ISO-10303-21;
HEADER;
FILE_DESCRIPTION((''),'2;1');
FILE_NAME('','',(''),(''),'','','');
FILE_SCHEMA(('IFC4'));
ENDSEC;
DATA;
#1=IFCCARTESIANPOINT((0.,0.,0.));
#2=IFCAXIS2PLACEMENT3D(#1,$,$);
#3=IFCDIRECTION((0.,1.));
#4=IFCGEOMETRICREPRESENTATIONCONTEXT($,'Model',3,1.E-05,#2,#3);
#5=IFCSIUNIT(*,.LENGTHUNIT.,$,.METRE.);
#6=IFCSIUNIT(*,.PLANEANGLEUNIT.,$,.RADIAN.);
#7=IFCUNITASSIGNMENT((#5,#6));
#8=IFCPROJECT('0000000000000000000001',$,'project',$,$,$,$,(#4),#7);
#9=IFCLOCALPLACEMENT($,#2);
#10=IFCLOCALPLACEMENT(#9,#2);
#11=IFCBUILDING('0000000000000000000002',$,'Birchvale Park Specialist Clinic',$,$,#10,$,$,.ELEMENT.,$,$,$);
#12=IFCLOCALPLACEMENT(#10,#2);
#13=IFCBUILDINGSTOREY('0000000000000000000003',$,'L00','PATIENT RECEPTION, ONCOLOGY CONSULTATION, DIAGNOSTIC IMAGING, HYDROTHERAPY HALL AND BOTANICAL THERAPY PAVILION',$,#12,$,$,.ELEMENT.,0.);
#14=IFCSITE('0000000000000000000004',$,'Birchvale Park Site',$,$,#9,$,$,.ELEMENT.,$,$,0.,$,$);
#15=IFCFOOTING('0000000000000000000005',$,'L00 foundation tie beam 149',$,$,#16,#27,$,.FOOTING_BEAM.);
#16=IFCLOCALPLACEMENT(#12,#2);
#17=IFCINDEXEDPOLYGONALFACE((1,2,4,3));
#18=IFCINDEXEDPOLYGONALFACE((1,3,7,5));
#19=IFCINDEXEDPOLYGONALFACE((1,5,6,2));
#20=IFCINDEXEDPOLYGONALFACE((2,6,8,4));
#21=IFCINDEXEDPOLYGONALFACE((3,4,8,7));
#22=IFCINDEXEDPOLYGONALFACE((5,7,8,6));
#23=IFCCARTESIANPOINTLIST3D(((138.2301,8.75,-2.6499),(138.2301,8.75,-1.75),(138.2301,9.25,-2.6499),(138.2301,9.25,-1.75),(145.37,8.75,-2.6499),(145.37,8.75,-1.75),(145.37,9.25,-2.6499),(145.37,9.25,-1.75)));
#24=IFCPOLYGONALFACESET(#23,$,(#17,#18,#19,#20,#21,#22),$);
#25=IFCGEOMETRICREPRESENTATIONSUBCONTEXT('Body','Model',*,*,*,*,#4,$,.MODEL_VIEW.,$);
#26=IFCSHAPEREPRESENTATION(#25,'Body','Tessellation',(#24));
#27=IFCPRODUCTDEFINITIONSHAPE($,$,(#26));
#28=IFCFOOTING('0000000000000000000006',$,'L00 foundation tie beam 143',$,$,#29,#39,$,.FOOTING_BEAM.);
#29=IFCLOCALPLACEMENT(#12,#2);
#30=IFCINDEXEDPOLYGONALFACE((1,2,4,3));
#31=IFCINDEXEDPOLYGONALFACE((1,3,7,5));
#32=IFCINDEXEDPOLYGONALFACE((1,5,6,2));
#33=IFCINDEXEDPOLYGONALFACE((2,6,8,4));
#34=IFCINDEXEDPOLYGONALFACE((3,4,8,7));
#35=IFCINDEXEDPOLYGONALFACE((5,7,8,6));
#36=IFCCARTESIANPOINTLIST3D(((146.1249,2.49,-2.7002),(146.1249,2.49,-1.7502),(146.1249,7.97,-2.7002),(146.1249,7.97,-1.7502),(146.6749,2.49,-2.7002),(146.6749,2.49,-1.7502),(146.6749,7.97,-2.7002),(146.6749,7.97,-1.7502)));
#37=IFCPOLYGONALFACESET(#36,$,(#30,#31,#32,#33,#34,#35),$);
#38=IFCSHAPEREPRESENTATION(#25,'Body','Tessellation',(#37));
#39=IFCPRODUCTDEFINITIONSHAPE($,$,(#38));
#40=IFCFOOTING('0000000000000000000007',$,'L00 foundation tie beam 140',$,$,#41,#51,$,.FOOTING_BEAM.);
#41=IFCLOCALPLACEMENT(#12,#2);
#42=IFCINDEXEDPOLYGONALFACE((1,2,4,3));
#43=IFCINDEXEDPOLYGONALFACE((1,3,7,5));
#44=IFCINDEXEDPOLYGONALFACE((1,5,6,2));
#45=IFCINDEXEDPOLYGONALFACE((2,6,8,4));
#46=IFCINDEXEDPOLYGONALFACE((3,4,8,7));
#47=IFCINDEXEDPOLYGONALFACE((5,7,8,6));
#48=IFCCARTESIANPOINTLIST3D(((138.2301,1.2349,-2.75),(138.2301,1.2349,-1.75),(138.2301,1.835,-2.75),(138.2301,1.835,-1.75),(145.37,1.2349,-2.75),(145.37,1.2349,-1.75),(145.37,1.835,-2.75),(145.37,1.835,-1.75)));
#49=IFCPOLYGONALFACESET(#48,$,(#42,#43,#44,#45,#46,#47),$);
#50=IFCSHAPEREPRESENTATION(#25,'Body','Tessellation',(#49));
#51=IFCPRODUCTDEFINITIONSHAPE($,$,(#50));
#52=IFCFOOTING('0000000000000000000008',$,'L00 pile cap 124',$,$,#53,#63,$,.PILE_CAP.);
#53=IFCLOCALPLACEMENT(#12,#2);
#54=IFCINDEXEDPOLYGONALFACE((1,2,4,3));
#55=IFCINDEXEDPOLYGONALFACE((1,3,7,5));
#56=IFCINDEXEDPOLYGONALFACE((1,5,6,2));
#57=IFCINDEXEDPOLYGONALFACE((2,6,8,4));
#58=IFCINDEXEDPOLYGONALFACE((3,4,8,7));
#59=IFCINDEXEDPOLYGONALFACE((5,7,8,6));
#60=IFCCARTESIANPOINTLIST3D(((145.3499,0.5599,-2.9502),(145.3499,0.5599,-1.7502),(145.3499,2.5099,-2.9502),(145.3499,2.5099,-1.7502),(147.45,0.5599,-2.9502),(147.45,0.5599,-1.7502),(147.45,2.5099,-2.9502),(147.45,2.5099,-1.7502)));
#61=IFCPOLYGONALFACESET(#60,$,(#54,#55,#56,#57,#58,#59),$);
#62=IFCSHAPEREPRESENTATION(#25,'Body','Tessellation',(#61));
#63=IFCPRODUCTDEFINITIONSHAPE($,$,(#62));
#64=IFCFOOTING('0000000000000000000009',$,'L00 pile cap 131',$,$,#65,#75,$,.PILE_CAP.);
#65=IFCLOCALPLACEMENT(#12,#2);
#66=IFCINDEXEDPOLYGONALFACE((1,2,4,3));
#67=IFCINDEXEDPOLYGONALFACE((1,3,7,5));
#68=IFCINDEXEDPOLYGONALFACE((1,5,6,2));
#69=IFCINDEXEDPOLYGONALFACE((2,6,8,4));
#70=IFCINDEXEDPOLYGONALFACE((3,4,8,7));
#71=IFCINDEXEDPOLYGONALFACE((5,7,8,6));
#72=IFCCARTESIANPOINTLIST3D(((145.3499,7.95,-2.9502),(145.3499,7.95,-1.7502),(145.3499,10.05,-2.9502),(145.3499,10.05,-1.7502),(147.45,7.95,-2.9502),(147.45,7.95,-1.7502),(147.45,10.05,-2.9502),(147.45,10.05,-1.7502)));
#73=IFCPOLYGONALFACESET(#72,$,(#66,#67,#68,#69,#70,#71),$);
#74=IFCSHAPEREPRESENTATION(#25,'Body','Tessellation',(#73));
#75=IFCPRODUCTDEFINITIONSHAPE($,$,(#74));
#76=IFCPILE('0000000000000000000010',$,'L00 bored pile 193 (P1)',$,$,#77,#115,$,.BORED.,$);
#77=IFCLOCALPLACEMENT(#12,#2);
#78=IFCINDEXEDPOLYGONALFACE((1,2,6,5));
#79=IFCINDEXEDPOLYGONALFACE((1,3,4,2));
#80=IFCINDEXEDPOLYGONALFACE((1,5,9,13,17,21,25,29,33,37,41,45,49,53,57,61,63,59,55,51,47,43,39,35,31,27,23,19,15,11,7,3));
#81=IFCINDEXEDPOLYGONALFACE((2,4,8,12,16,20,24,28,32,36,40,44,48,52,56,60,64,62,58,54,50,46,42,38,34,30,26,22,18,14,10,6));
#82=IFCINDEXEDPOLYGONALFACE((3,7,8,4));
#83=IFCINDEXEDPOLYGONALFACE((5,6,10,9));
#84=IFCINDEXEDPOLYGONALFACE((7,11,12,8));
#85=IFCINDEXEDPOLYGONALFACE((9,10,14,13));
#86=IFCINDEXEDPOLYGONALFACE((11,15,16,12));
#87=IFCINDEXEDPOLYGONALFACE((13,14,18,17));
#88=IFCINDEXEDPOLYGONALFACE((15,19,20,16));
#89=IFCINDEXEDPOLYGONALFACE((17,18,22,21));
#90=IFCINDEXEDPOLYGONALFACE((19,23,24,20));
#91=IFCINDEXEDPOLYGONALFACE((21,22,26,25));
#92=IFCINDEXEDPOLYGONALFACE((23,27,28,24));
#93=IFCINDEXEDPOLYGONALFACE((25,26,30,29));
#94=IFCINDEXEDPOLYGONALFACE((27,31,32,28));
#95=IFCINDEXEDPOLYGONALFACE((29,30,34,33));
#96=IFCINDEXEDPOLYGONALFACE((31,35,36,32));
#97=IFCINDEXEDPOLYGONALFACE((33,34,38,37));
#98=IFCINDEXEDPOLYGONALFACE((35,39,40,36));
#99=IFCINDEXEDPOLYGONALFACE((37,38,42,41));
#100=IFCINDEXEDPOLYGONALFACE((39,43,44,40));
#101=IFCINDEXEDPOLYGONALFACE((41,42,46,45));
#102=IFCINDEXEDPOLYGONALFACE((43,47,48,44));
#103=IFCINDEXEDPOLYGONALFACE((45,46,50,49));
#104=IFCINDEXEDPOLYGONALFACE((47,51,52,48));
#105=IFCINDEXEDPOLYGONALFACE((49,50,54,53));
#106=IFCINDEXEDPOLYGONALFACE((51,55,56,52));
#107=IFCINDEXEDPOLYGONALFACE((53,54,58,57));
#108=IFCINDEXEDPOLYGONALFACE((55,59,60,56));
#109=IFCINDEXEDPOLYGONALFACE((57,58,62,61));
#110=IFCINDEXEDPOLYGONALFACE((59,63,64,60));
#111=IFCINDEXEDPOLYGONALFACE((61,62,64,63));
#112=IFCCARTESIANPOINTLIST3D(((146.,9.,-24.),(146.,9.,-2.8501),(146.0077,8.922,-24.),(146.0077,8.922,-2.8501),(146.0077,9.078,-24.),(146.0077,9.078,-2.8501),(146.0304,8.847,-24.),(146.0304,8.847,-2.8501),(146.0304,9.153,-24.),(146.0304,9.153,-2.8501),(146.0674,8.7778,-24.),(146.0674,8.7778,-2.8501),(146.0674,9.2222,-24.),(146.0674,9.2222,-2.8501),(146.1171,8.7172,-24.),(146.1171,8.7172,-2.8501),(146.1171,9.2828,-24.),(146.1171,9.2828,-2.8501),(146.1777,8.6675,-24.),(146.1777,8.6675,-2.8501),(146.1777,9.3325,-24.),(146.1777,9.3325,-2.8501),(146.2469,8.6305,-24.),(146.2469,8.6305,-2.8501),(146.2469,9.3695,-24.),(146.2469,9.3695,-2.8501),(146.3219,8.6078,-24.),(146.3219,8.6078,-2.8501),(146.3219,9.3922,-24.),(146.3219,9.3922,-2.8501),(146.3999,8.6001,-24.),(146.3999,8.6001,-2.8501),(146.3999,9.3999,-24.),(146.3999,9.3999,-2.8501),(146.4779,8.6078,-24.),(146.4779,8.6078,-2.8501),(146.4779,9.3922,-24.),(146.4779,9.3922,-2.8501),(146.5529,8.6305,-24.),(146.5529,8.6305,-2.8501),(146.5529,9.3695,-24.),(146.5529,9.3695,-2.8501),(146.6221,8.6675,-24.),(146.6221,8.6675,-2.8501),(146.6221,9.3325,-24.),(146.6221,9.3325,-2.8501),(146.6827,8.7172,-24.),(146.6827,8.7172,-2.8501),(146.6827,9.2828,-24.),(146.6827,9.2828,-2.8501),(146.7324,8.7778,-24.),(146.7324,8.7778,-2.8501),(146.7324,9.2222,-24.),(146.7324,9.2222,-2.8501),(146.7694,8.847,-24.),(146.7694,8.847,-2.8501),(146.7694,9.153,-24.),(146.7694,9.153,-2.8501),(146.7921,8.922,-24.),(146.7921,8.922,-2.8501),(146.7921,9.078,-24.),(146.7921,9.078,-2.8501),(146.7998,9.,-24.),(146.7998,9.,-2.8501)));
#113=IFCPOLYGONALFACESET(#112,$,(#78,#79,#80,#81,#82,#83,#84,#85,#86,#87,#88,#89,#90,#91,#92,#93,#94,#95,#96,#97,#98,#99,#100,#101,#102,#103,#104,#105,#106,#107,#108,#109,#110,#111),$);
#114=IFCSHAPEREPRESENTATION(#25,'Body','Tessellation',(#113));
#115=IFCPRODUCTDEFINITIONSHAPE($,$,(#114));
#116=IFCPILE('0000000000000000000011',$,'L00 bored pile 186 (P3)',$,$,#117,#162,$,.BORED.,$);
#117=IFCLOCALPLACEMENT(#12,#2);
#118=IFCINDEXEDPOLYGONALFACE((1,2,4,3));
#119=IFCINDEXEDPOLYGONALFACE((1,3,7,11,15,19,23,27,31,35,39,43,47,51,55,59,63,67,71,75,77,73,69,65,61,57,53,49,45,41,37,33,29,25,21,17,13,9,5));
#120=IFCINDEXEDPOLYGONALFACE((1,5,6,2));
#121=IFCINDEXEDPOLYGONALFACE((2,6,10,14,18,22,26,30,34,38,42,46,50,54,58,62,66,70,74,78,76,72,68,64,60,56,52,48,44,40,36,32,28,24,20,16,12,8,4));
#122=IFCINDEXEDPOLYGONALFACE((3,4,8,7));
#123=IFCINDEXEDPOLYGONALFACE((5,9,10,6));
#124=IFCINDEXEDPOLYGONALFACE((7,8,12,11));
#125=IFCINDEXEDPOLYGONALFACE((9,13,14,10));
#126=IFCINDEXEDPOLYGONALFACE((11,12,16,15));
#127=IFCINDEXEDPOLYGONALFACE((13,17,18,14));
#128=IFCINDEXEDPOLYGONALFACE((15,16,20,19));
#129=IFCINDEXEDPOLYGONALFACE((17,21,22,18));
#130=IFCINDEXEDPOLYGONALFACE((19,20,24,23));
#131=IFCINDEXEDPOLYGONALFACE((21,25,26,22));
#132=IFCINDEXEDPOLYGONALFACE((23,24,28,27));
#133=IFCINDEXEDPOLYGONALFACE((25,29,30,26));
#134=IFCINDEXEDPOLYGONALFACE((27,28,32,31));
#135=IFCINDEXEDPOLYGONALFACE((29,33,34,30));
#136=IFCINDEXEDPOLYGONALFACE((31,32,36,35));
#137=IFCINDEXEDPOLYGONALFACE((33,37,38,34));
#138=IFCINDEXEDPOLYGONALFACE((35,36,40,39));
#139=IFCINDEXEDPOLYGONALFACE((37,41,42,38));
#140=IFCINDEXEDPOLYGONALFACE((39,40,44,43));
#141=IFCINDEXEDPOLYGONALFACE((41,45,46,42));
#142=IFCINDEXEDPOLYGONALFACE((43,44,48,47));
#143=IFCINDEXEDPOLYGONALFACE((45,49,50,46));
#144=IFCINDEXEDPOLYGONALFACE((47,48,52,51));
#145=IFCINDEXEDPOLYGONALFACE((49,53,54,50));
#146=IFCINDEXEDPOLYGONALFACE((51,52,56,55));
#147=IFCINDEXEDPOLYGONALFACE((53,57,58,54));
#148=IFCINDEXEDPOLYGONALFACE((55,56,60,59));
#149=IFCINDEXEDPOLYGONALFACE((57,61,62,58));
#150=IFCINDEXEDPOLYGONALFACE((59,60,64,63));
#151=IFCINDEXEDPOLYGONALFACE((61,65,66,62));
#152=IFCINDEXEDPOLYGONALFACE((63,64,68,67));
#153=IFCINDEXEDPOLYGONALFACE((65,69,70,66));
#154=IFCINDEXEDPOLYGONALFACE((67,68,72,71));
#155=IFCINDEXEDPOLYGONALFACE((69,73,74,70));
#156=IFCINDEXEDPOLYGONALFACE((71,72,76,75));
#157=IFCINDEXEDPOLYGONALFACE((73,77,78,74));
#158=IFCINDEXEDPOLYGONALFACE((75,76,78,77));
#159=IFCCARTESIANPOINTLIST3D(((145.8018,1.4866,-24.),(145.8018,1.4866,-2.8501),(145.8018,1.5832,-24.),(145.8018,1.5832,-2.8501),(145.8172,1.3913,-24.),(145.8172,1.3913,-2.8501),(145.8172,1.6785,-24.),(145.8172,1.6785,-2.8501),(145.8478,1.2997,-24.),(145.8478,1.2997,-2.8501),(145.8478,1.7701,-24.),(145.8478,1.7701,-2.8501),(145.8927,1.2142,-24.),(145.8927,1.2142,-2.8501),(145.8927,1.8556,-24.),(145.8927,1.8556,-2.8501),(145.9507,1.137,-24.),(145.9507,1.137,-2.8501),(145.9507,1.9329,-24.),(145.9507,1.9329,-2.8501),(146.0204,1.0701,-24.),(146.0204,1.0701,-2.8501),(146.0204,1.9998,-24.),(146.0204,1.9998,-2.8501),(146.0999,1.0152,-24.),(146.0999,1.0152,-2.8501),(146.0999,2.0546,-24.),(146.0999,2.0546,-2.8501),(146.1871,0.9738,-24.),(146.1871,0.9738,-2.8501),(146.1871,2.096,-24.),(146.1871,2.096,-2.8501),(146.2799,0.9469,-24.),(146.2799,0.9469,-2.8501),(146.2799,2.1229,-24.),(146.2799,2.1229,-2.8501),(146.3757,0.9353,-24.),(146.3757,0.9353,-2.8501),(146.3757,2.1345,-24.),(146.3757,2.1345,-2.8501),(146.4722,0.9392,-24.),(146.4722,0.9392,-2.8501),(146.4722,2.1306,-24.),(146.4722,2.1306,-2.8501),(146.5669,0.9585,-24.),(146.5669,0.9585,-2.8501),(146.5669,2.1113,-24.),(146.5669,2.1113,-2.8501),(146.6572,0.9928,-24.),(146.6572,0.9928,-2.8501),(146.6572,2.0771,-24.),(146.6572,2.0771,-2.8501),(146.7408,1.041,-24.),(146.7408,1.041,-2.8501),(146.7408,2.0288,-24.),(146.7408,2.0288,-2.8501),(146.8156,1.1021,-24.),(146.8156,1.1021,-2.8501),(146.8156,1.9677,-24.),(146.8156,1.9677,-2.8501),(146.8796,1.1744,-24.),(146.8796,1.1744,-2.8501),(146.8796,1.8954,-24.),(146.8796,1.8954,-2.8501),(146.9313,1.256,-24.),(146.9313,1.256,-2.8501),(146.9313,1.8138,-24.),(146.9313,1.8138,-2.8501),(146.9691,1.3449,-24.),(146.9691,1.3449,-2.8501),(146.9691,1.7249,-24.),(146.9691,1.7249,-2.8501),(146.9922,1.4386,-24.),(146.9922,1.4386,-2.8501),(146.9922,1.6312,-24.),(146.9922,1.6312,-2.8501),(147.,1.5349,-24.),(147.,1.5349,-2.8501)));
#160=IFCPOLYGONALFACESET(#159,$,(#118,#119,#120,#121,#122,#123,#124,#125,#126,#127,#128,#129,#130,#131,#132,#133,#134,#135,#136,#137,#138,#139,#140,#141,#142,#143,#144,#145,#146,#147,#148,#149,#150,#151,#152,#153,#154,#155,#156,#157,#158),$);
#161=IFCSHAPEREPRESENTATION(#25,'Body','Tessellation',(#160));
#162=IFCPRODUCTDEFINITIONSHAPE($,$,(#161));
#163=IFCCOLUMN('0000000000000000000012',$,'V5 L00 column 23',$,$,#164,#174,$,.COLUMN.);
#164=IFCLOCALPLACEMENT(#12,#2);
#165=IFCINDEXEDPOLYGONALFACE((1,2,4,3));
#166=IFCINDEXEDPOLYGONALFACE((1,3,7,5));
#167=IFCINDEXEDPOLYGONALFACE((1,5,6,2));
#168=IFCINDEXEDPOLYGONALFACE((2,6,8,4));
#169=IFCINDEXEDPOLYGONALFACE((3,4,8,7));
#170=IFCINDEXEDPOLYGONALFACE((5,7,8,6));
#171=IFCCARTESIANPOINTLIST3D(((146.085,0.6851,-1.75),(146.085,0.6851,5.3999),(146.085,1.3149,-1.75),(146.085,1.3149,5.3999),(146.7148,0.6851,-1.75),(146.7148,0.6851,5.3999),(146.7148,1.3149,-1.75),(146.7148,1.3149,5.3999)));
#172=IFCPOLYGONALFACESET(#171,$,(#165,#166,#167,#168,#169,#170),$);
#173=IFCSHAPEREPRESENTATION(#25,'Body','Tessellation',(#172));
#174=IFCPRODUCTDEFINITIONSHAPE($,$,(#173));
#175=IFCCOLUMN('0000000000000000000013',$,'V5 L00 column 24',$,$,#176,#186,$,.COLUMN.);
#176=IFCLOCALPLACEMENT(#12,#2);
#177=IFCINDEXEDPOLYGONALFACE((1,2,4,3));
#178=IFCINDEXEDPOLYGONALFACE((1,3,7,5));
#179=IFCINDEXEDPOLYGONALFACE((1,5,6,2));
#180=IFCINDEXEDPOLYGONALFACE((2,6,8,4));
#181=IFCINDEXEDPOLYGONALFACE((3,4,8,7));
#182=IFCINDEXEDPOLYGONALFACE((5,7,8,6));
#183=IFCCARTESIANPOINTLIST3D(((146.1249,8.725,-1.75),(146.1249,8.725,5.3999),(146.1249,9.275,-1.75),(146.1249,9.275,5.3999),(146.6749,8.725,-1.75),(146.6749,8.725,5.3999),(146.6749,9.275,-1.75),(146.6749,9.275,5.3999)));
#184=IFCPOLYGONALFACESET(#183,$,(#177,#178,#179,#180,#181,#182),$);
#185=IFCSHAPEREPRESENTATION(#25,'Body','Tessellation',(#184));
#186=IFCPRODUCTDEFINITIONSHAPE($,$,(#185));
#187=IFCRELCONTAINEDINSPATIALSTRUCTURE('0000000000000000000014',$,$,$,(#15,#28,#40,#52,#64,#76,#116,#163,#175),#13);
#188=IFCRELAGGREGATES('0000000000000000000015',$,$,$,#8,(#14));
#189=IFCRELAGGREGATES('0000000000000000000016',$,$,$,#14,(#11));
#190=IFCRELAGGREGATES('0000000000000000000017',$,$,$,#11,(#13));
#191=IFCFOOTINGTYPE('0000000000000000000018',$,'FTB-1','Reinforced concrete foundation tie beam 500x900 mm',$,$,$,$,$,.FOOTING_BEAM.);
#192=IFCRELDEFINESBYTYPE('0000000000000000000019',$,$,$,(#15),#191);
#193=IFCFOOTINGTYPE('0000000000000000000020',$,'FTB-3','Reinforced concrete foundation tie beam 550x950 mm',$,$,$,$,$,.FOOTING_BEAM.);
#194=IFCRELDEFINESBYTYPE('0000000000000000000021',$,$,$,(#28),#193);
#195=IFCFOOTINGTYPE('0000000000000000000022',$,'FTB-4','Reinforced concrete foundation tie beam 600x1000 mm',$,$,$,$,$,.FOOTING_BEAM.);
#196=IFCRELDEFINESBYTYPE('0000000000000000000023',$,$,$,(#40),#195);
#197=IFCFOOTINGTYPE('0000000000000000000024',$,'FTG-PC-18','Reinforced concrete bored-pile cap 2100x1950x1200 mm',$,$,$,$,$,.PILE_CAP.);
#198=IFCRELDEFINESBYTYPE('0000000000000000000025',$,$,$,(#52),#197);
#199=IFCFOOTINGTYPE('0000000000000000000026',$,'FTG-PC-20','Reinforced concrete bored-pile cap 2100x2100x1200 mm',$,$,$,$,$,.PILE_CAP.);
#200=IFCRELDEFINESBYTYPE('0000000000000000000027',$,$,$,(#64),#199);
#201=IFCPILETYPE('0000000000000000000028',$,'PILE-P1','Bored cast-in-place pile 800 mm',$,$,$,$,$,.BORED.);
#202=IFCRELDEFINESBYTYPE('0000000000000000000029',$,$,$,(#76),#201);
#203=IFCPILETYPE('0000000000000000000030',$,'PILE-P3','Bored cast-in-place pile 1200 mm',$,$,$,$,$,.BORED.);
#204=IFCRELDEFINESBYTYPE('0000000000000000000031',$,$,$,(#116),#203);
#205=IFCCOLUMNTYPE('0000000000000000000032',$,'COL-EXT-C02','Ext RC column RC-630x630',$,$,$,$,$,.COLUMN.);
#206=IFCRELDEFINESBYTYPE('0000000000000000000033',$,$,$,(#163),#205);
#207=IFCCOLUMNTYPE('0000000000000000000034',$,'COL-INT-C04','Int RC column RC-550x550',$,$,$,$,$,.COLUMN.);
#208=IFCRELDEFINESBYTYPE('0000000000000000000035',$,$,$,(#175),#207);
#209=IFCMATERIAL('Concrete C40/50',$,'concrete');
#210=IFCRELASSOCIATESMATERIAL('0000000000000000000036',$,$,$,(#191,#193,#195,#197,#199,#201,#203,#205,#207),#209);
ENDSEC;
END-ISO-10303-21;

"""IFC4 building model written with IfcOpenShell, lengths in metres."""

from ifc_helpers import new_model, si_unit, direction, frame, origin, origin_2d, place, context, subcontext, project, spatial, rectangle, circle, extrude, material, material_profile, profile_set, type_object, element, save


model = new_model("IFC4")

# Units and contexts
model_context = context("Model", 3, precision=1e-05, world=origin(), true_north=direction((0.0, 1.0)))
body_context = subcontext(model_context, "Body", "Model", "MODEL_VIEW")
ifc_project = project(units=[si_unit("LENGTHUNIT", "METRE"), si_unit("PLANEANGLEUNIT", "RADIAN")], contexts=[model_context])

# Site, building, storey
site_placement = place(None, origin())
site = spatial("IfcSite", under=ifc_project, at=site_placement, Name="Birchvale Park Site", CompositionType="ELEMENT", RefElevation=0.0)
building_placement = place(site_placement, origin())
building = spatial("IfcBuilding", under=site, at=building_placement, Name="Birchvale Park Specialist Clinic", CompositionType="ELEMENT")
storey_placement = place(building_placement, origin())
storey = spatial("IfcBuildingStorey", under=building, at=storey_placement, Name="L00", Description="PATIENT RECEPTION, ONCOLOGY CONSULTATION, DIAGNOSTIC IMAGING, HYDROTHERAPY HALL AND BOTANICAL THERAPY PAVILION", CompositionType="ELEMENT", Elevation=0.0)

# Footings
ifc_material_1 = material(Name="Concrete C40/50", Category="concrete")
footing_type_1 = type_object("IfcFootingType", Name="FTB-1", Description="Reinforced concrete foundation tie beam 500x900 mm", PredefinedType="FOOTING_BEAM", material=ifc_material_1)
footing_1_placement = place(storey_placement, frame((141.8, 9.0, -2.6499), z_axis=(0.0, 0.0, 1.0), x_axis=(1.0, 0.0, 0.0)))
element("IfcFooting", 1, at=footing_1_placement, inside=storey, type_object=footing_type_1, Name="L00 foundation tie beam 149", PredefinedType="FOOTING_BEAM", context=body_context, shape_type="SweptSolid", body=[
    extrude(rectangle(XDim=7.1399, YDim=0.5, at=origin_2d()), origin(), (0.0, 0.0, 1.0), 0.8999),
])
footing_type_2 = type_object("IfcFootingType", Name="FTB-3", Description="Reinforced concrete foundation tie beam 550x950 mm", PredefinedType="FOOTING_BEAM", material=ifc_material_1)
footing_2_placement = place(storey_placement, frame((146.3999, 5.23, -2.7002), z_axis=(0.0, 0.0, 1.0), x_axis=(1.0, 0.0, 0.0)))
element("IfcFooting", 2, at=footing_2_placement, inside=storey, type_object=footing_type_2, Name="L00 foundation tie beam 143", PredefinedType="FOOTING_BEAM", context=body_context, shape_type="SweptSolid", body=[
    extrude(rectangle(XDim=0.55, YDim=5.48, at=origin_2d()), origin(), (0.0, 0.0, 1.0), 0.95),
])
footing_type_3 = type_object("IfcFootingType", Name="FTB-4", Description="Reinforced concrete foundation tie beam 600x1000 mm", PredefinedType="FOOTING_BEAM", material=ifc_material_1)
footing_3_placement = place(storey_placement, frame((141.8, 1.5349, -2.75), z_axis=(0.0, 0.0, 1.0), x_axis=(1.0, 0.0, 0.0)))
element("IfcFooting", 3, at=footing_3_placement, inside=storey, type_object=footing_type_3, Name="L00 foundation tie beam 140", PredefinedType="FOOTING_BEAM", context=body_context, shape_type="SweptSolid", body=[
    extrude(rectangle(XDim=7.1399, YDim=0.6001, at=origin_2d()), origin(), (0.0, 0.0, 1.0), 1.0),
])
footing_type_4 = type_object("IfcFootingType", Name="FTG-PC-18", Description="Reinforced concrete bored-pile cap 2100x1950x1200 mm", PredefinedType="PILE_CAP", material=ifc_material_1)
footing_4_placement = place(storey_placement, frame((146.3999, 1.5349, -2.9502), z_axis=(0.0, 0.0, 1.0), x_axis=(1.0, 0.0, 0.0)))
element("IfcFooting", 4, at=footing_4_placement, inside=storey, type_object=footing_type_4, Name="L00 pile cap 124", PredefinedType="PILE_CAP", context=body_context, shape_type="SweptSolid", body=[
    extrude(rectangle(XDim=2.1001, YDim=1.95, at=origin_2d()), origin(), (0.0, 0.0, 1.0), 1.2),
])
footing_type_5 = type_object("IfcFootingType", Name="FTG-PC-20", Description="Reinforced concrete bored-pile cap 2100x2100x1200 mm", PredefinedType="PILE_CAP", material=ifc_material_1)
footing_5_placement = place(storey_placement, frame((146.3999, 9.0, -2.9502), z_axis=(0.0, 0.0, 1.0), x_axis=(1.0, 0.0, 0.0)))
element("IfcFooting", 5, at=footing_5_placement, inside=storey, type_object=footing_type_5, Name="L00 pile cap 131", PredefinedType="PILE_CAP", context=body_context, shape_type="SweptSolid", body=[
    extrude(rectangle(XDim=2.1001, YDim=2.1001, at=origin_2d()), origin(), (0.0, 0.0, 1.0), 1.2),
])

# Piles
ifc_material_profile_1 = material_profile(ifc_material_1, circle(Radius=0.3999, at=origin_2d()), Name="PILE-800")
ifc_profile_set_1 = profile_set([ifc_material_profile_1], Name="Concrete C40/50")
pile_type_1 = type_object("IfcPileType", Name="PILE-P1", Description="Bored cast-in-place pile 800 mm", PredefinedType="BORED", material=ifc_profile_set_1)
pile_1_placement = place(storey_placement, frame((146.3999, 9.0, -2.8501), z_axis=(0.0, 0.0, -1.0), x_axis=(1.0, 0.0, 0.0)))
element("IfcPile", 6, at=pile_1_placement, inside=storey, type_object=pile_type_1, Name="L00 bored pile 193 (P1)", PredefinedType="BORED", context=body_context, shape_type="SweptSolid", body=[
    extrude(circle(Radius=0.3999, at=origin_2d()), origin(), (0.0, 0.0, 1.0), 21.1499),
])
ifc_material_profile_2 = material_profile(ifc_material_1, circle(Radius=0.6001, at=origin_2d()), Name="PILE-1200")
ifc_profile_set_2 = profile_set([ifc_material_profile_2], Name="Concrete C40/50")
pile_type_2 = type_object("IfcPileType", Name="PILE-P3", Description="Bored cast-in-place pile 1200 mm", PredefinedType="BORED", material=ifc_profile_set_2)
pile_2_placement = place(storey_placement, frame((146.3999, 1.5349, -2.8501), z_axis=(0.0, 0.0, -1.0), x_axis=(1.0, 0.0, 0.0)))
element("IfcPile", 7, at=pile_2_placement, inside=storey, type_object=pile_type_2, Name="L00 bored pile 186 (P3)", PredefinedType="BORED", context=body_context, shape_type="SweptSolid", body=[
    extrude(circle(Radius=0.6001, at=origin_2d()), origin(), (0.0, 0.0, 1.0), 21.1499),
])

# Columns
ifc_material_profile_3 = material_profile(ifc_material_1, rectangle(XDim=0.6299, YDim=0.6299, at=origin_2d()), Name="RC-630x630")
ifc_profile_set_3 = profile_set([ifc_material_profile_3], Name="Concrete C40/50")
column_type_1 = type_object("IfcColumnType", Name="COL-EXT-C02", Description="Ext RC column RC-630x630", PredefinedType="COLUMN", material=ifc_profile_set_3)
column_1_placement = place(storey_placement, frame((146.3999, 1.0, -1.75), z_axis=(0.0, 0.0, 1.0), x_axis=(1.0, 0.0, 0.0)))
element("IfcColumn", 8, at=column_1_placement, inside=storey, type_object=column_type_1, Name="V5 L00 column 23", PredefinedType="COLUMN", context=body_context, shape_type="SweptSolid", body=[
    extrude(rectangle(XDim=0.6299, YDim=0.6299, at=origin_2d()), origin(), (0.0, 0.0, 1.0), 7.1499),
])
ifc_material_profile_4 = material_profile(ifc_material_1, rectangle(XDim=0.55, YDim=0.55, at=origin_2d()), Name="RC-550x550")
ifc_profile_set_4 = profile_set([ifc_material_profile_4], Name="Concrete C40/50")
column_type_2 = type_object("IfcColumnType", Name="COL-INT-C04", Description="Int RC column RC-550x550", PredefinedType="COLUMN", material=ifc_profile_set_4)
column_2_placement = place(storey_placement, frame((146.3999, 9.0, -1.75), z_axis=(0.0, 0.0, 1.0), x_axis=(1.0, 0.0, 0.0)))
element("IfcColumn", 9, at=column_2_placement, inside=storey, type_object=column_type_2, Name="V5 L00 column 24", PredefinedType="COLUMN", context=body_context, shape_type="SweptSolid", body=[
    extrude(rectangle(XDim=0.55, YDim=0.55, at=origin_2d()), origin(), (0.0, 0.0, 1.0), 7.1499),
])

save(model, "model.ifc")
